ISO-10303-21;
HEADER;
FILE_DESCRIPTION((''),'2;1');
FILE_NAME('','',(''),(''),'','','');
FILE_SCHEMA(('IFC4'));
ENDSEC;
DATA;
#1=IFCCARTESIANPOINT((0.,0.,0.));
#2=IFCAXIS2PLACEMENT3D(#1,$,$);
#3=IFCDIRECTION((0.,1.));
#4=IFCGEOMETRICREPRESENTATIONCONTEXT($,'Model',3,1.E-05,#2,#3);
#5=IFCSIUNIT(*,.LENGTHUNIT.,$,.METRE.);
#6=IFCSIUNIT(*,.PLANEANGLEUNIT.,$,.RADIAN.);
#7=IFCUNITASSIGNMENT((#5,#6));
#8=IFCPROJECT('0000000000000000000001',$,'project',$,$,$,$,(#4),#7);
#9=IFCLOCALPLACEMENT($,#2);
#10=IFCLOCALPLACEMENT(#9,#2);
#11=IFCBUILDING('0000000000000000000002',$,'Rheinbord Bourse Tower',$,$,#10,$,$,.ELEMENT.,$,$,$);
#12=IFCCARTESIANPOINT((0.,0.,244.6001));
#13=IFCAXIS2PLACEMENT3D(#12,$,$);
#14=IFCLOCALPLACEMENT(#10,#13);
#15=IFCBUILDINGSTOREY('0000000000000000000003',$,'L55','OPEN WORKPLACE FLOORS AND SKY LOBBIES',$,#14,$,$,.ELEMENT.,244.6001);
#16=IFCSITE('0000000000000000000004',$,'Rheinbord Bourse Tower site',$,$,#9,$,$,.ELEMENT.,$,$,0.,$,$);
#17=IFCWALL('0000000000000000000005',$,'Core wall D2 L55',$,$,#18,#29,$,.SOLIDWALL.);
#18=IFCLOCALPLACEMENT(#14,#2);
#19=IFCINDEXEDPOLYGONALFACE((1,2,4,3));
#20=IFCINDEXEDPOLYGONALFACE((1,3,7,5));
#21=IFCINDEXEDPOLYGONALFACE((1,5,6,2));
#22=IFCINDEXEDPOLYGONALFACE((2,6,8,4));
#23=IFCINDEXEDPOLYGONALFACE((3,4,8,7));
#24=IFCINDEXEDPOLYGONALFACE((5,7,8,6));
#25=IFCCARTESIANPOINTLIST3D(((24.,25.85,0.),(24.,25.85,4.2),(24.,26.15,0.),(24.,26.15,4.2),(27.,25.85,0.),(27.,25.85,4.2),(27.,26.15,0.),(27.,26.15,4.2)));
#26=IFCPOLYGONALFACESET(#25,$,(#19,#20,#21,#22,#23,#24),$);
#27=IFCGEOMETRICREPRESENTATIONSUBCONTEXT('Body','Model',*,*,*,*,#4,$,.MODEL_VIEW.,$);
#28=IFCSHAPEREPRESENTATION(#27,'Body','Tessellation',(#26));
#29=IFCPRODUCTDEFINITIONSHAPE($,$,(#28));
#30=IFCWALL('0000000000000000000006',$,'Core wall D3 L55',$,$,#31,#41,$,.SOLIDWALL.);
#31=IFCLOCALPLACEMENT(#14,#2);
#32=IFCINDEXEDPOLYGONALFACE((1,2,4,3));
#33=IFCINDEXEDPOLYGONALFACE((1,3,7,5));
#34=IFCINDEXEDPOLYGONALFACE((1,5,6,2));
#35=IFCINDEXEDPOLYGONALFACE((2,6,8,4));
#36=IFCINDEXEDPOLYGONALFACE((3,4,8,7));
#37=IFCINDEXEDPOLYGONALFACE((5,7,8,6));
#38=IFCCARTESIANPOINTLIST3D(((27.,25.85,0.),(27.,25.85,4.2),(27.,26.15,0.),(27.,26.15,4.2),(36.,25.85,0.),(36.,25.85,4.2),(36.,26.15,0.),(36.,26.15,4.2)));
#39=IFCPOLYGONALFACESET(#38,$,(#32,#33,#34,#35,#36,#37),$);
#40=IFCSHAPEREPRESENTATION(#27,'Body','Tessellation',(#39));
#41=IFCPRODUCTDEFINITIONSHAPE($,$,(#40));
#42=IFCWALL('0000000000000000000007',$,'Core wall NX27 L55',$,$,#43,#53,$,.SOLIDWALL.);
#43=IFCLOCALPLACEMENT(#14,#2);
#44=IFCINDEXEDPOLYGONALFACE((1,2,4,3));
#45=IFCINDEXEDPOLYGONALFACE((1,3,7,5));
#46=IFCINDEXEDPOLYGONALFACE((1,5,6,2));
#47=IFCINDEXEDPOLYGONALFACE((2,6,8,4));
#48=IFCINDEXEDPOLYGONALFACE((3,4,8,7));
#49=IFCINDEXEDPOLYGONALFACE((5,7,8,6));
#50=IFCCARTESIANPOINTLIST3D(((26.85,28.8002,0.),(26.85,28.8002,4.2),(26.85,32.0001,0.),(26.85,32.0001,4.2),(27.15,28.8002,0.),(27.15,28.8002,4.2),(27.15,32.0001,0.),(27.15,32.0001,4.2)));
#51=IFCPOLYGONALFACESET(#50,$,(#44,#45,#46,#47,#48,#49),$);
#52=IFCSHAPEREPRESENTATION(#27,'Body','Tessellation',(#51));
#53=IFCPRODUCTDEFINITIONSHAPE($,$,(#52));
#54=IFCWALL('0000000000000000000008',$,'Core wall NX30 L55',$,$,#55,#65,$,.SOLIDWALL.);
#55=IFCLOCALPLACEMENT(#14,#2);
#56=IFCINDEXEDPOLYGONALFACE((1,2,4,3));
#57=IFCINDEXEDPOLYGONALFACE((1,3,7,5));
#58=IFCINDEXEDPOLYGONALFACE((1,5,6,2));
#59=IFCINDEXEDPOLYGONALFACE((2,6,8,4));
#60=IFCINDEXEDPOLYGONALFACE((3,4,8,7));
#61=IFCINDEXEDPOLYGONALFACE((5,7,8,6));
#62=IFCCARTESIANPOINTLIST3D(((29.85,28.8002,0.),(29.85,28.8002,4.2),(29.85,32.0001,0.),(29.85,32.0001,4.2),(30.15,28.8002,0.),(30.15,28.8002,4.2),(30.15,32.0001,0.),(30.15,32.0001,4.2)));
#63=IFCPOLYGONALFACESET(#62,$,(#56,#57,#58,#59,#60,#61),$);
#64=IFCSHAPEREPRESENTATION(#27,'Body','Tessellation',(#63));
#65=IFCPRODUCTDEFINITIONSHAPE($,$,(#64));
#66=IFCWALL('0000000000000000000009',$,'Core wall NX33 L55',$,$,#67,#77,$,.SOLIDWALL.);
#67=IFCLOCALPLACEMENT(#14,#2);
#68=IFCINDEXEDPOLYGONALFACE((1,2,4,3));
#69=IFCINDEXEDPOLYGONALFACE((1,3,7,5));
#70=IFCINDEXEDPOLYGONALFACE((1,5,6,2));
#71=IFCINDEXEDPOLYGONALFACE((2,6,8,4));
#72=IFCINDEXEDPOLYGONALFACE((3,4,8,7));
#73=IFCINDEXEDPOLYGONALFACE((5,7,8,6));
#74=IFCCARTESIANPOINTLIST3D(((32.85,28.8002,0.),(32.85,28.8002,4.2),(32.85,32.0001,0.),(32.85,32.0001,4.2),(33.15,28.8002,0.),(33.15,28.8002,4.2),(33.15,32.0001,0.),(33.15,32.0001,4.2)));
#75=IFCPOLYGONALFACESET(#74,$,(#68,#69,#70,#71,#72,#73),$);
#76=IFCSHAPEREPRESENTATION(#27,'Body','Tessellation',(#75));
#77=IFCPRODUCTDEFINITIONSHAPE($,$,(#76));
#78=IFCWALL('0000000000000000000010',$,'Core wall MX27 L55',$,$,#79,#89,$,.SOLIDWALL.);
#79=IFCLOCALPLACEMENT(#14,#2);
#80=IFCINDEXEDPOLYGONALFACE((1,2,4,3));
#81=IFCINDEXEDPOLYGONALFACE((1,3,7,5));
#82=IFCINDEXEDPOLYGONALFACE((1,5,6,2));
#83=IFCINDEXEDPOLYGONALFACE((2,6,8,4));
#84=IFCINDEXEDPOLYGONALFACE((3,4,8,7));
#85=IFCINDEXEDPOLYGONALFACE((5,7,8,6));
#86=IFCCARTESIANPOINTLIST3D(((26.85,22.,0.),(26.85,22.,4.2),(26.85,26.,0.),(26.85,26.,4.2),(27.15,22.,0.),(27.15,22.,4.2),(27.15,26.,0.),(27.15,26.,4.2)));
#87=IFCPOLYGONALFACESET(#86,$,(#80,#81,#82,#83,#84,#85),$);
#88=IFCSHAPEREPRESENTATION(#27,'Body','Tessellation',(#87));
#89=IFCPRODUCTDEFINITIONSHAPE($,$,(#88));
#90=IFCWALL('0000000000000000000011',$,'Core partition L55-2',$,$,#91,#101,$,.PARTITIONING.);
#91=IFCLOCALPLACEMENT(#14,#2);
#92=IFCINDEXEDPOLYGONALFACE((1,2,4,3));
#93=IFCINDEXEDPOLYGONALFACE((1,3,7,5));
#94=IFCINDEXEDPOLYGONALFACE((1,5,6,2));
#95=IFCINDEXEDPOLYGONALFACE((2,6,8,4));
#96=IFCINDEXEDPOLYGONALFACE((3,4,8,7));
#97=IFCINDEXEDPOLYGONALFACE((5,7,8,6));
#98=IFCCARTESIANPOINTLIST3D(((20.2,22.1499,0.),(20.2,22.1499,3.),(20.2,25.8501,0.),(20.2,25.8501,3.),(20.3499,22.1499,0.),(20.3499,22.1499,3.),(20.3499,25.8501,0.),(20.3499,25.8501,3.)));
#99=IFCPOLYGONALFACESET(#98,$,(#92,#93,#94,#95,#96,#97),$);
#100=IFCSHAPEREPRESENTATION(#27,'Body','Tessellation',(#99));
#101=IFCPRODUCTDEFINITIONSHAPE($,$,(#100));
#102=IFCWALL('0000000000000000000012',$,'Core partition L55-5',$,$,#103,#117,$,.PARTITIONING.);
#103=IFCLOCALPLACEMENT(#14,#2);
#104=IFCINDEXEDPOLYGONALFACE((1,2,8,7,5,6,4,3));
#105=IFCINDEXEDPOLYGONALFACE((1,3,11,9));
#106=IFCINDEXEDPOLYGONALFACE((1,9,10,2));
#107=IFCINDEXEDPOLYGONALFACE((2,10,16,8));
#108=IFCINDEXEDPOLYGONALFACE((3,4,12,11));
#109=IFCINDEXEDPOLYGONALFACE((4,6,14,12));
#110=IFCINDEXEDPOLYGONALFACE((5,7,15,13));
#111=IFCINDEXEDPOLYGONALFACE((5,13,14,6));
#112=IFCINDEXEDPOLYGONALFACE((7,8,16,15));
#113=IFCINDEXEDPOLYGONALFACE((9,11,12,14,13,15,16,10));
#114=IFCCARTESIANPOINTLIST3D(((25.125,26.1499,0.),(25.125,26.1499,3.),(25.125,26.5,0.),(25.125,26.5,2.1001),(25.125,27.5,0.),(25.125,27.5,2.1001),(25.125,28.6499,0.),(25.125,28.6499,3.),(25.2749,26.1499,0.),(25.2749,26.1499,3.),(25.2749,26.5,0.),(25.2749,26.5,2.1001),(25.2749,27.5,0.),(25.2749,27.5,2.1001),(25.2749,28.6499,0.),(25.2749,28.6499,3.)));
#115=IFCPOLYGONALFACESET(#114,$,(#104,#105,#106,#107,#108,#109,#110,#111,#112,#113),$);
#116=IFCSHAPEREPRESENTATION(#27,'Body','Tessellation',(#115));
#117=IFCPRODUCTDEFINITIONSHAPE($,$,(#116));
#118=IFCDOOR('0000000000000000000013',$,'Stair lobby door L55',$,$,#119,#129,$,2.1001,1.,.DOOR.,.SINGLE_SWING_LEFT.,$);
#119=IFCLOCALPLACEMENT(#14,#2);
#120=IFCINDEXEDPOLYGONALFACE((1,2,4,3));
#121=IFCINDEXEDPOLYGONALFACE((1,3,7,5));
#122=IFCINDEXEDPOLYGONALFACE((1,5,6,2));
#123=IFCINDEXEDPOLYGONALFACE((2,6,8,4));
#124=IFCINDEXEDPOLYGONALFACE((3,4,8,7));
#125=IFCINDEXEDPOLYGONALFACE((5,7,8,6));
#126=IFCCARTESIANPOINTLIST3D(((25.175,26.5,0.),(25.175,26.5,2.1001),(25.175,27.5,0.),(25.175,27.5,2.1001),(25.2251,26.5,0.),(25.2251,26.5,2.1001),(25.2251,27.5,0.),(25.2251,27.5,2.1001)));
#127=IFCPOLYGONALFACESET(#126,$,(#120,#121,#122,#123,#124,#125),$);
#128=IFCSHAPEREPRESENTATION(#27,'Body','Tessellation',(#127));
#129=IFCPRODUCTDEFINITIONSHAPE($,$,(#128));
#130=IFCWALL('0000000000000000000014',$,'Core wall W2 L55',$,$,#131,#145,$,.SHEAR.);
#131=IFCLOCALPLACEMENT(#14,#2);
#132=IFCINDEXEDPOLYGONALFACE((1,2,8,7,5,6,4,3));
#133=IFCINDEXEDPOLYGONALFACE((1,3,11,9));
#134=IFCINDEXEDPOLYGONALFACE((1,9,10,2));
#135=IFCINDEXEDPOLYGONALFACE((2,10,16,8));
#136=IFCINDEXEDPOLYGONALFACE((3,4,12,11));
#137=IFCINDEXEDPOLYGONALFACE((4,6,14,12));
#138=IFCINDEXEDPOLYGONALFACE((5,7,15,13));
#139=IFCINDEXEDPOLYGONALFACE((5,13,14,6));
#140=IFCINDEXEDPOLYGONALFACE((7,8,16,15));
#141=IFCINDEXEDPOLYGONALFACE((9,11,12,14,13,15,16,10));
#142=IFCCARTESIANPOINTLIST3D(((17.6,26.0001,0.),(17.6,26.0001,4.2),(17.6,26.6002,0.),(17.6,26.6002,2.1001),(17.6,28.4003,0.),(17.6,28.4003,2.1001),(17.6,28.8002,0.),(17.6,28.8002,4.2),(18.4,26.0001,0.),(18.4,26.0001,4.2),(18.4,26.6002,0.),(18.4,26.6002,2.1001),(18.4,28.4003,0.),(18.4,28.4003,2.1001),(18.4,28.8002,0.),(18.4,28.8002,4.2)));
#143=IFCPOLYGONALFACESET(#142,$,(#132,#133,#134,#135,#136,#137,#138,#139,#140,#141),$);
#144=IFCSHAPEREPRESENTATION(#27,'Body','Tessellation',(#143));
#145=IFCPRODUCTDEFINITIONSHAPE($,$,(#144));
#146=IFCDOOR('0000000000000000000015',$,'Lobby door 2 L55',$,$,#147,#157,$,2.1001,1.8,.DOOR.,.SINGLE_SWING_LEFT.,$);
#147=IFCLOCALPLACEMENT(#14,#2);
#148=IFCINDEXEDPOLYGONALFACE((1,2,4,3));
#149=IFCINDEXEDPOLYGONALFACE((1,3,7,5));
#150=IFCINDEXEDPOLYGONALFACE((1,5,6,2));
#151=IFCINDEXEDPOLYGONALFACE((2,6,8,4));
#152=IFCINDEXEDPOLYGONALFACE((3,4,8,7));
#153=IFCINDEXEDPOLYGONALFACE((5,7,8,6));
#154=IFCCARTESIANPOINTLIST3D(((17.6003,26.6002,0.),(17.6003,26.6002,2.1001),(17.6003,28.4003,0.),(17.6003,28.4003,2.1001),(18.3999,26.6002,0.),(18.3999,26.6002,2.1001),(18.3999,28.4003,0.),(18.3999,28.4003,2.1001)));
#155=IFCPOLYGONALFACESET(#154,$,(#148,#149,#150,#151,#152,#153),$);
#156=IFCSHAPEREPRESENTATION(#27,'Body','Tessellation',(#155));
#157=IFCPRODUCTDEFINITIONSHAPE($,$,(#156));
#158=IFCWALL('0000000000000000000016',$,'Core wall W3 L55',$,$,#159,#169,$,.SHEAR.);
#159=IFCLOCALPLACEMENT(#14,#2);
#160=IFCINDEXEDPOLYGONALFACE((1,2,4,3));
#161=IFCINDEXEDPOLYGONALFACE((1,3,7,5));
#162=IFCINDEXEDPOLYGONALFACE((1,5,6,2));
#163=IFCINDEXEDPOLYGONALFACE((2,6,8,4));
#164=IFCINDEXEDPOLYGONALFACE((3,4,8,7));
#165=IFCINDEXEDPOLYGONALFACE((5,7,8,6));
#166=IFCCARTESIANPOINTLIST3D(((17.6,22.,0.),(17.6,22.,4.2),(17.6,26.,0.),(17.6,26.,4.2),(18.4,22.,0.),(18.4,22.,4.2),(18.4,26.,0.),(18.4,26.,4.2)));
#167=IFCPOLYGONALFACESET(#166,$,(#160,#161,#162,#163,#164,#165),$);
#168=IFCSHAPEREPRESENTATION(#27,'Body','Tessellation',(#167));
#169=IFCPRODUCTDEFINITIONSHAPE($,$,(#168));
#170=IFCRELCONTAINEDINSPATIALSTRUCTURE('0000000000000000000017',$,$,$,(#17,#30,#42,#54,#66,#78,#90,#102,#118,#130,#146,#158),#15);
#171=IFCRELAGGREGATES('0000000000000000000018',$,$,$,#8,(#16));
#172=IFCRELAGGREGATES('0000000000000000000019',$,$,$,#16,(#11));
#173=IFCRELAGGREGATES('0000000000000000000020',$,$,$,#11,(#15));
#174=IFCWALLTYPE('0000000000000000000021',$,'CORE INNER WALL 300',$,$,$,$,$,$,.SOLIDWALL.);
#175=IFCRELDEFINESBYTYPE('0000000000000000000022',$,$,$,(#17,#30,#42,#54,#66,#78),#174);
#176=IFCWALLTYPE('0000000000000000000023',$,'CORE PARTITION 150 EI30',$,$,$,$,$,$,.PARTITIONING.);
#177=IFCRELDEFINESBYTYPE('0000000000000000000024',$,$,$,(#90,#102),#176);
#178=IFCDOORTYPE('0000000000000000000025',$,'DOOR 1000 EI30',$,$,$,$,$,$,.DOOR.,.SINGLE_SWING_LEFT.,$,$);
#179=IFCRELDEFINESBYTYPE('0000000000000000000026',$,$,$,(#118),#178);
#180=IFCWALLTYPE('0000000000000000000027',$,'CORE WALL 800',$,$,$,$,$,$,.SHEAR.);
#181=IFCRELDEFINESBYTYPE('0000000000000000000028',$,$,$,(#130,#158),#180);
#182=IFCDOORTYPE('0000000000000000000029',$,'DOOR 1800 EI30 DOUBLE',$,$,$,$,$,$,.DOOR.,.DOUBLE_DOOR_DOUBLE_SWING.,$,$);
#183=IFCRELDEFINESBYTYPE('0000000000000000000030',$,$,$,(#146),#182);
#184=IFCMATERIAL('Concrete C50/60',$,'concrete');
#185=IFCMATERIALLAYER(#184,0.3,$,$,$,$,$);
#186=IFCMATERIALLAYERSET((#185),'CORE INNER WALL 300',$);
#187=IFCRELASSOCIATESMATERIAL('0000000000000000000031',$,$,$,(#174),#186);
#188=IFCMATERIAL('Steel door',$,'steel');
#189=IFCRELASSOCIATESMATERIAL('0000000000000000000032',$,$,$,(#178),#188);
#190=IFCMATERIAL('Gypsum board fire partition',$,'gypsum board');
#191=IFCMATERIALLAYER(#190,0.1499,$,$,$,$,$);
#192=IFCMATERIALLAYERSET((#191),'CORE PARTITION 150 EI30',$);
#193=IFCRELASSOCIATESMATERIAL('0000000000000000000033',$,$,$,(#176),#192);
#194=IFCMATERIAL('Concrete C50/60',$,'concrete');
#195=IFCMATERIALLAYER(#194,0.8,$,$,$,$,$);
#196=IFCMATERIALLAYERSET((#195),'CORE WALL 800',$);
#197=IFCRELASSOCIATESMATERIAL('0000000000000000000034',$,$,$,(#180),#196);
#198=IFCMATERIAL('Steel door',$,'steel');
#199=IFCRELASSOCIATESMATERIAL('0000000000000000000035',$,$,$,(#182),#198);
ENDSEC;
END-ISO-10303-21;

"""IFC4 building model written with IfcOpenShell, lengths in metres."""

from ifc_helpers import new_model, si_unit, direction, frame, frame_2d, origin, place, context, subcontext, project, spatial, rectangle, extrude, material, layer, layer_set, type_object, element, fill, save


model = new_model("IFC4")

# Units and contexts
model_context = context("Model", 3, precision=1e-05, world=origin(), true_north=direction((0.0, 1.0)))
body_context = subcontext(model_context, "Body", "Model", "MODEL_VIEW")
ifc_project = project(units=[si_unit("LENGTHUNIT", "METRE"), si_unit("PLANEANGLEUNIT", "RADIAN")], contexts=[model_context])

# Site, building, storey
site_placement = place(None, origin())
site = spatial("IfcSite", under=ifc_project, at=site_placement, Name="Rheinbord Bourse Tower site", CompositionType="ELEMENT", RefElevation=0.0)
building_placement = place(site_placement, origin())
building = spatial("IfcBuilding", under=site, at=building_placement, Name="Rheinbord Bourse Tower", CompositionType="ELEMENT")
storey_placement = place(building_placement, frame((0.0, 0.0, 244.6001)))
storey = spatial("IfcBuildingStorey", under=building, at=storey_placement, Name="L55", Description="OPEN WORKPLACE FLOORS AND SKY LOBBIES", CompositionType="ELEMENT", Elevation=244.6001)

# Shared definitions
ifc_material_1 = material(Name="Concrete C50/60", Category="concrete")
ifc_layer_1 = layer(ifc_material_1, 0.3)
ifc_layer_set_1 = layer_set([ifc_layer_1], Name="CORE INNER WALL 300")
wall_type_1 = type_object("IfcWallType", Name="CORE INNER WALL 300", PredefinedType="SOLIDWALL", material=ifc_layer_set_1)
ifc_material_2 = material(Name="Steel door", Category="steel")
door_type_1 = type_object("IfcDoorType", Name="DOOR 1000 EI30", OperationType="SINGLE_SWING_LEFT", PredefinedType="DOOR", material=ifc_material_2)

# Walls
wall_1_placement = place(storey_placement, frame((24.0, 26.0, 0.0), z_axis=(0.0, 0.0, 1.0), x_axis=(1.0, 0.0, 0.0)))
element("IfcWall", 1, at=wall_1_placement, inside=storey, type_object=wall_type_1, Name="Core wall D2 L55", PredefinedType="SOLIDWALL", context=body_context, shape_type="SweptSolid", body=[
    extrude(rectangle(XDim=3.0, YDim=0.3, at=frame_2d((1.5, 0.0))), origin(), (0.0, 0.0, 1.0), 4.2),
])
wall_2_placement = place(storey_placement, frame((27.0, 26.0, 0.0), z_axis=(0.0, 0.0, 1.0), x_axis=(1.0, 0.0, 0.0)))
element("IfcWall", 2, at=wall_2_placement, inside=storey, type_object=wall_type_1, Name="Core wall D3 L55", PredefinedType="SOLIDWALL", context=body_context, shape_type="SweptSolid", body=[
    extrude(rectangle(XDim=9.0, YDim=0.3, at=frame_2d((4.5, 0.0))), origin(), (0.0, 0.0, 1.0), 4.2),
])
for number, where, z_axis, x_axis, name in (
    (3, (27.0, 28.8, 0.0), (0.0, 0.0, 1.0), (0.0, 1.0, 0.0), "Core wall NX27 L55"),
    (4, (30.0, 28.8, 0.0), (0.0, 0.0, 1.0), (0.0, 1.0, 0.0), "Core wall NX30 L55"),
    (5, (33.0, 28.8, 0.0), (0.0, 0.0, 1.0), (0.0, 1.0, 0.0), "Core wall NX33 L55"),
):
    element("IfcWall", number, at=place(storey_placement, frame(where, z_axis=z_axis, x_axis=x_axis)), inside=storey, type_object=wall_type_1, Name=name, PredefinedType="SOLIDWALL", context=body_context, shape_type="SweptSolid", body=[
        extrude(rectangle(XDim=3.2, YDim=0.3, at=frame_2d((1.6001, 0.0))), origin(), (0.0, 0.0, 1.0), 4.2),
    ])
wall_3_placement = place(storey_placement, frame((27.0, 22.0, 0.0), z_axis=(0.0, 0.0, 1.0), x_axis=(0.0, 1.0, 0.0)))
element("IfcWall", 6, at=wall_3_placement, inside=storey, type_object=wall_type_1, Name="Core wall MX27 L55", PredefinedType="SOLIDWALL", context=body_context, shape_type="SweptSolid", body=[
    extrude(rectangle(XDim=4.0, YDim=0.3, at=frame_2d((2.0, 0.0))), origin(), (0.0, 0.0, 1.0), 4.2),
])
ifc_material_3 = material(Name="Gypsum board fire partition", Category="gypsum board")
ifc_layer_2 = layer(ifc_material_3, 0.1499)
ifc_layer_set_2 = layer_set([ifc_layer_2], Name="CORE PARTITION 150 EI30")
wall_type_2 = type_object("IfcWallType", Name="CORE PARTITION 150 EI30", PredefinedType="PARTITIONING", material=ifc_layer_set_2)
wall_4_placement = place(storey_placement, frame((20.2749, 22.1499, 0.0), z_axis=(0.0, 0.0, 1.0), x_axis=(0.0, 1.0, 0.0)))
element("IfcWall", 7, at=wall_4_placement, inside=storey, type_object=wall_type_2, Name="Core partition L55-2", PredefinedType="PARTITIONING", context=body_context, shape_type="SweptSolid", body=[
    extrude(rectangle(XDim=3.7002, YDim=0.1499, at=frame_2d((1.8501, 0.0))), origin(), (0.0, 0.0, 1.0), 3.0),
])

# Walls, openings, doors
wall_5_placement = place(storey_placement, frame((25.2, 26.1499, 0.0), z_axis=(0.0, 0.0, 1.0), x_axis=(0.0, 1.0, 0.0)))
wall_5 = element("IfcWall", 8, at=wall_5_placement, inside=storey, type_object=wall_type_2, Name="Core partition L55-5", PredefinedType="PARTITIONING", context=body_context, shape_type="SweptSolid", body=[
    extrude(rectangle(XDim=2.5, YDim=0.1499, at=frame_2d((1.25, 0.0))), origin(), (0.0, 0.0, 1.0), 3.0),
])
opening_1_placement = place(wall_5_placement, frame((0.3501, 0.0, 0.0)))
opening_1 = element("IfcOpeningElement", 9, at=opening_1_placement, cuts=wall_5, PredefinedType="OPENING", context=body_context, shape_type="SweptSolid", body=[
    extrude(rectangle(XDim=1.0, YDim=2.1001, at=frame_2d((0.5, 1.05))), frame((0.0, 0.085, 0.0), z_axis=(0.0, -1.0, 0.0), x_axis=(1.0, 0.0, 0.0)), (0.0, 0.0, 1.0), 0.1699),
])
door_1_placement = place(opening_1_placement, origin())
door_1 = element("IfcDoor", 10, at=door_1_placement, inside=storey, type_object=door_type_1, Name="Stair lobby door L55", OperationType="SINGLE_SWING_LEFT", OverallHeight=2.1001, OverallWidth=1.0, PredefinedType="DOOR", context=body_context, shape_type="SweptSolid", body=[
    extrude(rectangle(XDim=1.0, YDim=2.1001, at=frame_2d((0.5, 1.05))), frame((0.0, 0.0249, 0.0), z_axis=(0.0, -1.0, 0.0), x_axis=(1.0, 0.0, 0.0)), (0.0, 0.0, 1.0), 0.05),
])
fill(opening_1, door_1)
ifc_material_4 = material(Name="Concrete C50/60", Category="concrete")
ifc_layer_3 = layer(ifc_material_4, 0.8)
ifc_layer_set_3 = layer_set([ifc_layer_3], Name="CORE WALL 800")
wall_type_3 = type_object("IfcWallType", Name="CORE WALL 800", PredefinedType="SHEAR", material=ifc_layer_set_3)
wall_6_placement = place(storey_placement, frame((18.0, 28.8, 0.0), z_axis=(0.0, 0.0, 1.0), x_axis=(0.0, -1.0, 0.0)))
wall_6 = element("IfcWall", 11, at=wall_6_placement, inside=storey, type_object=wall_type_3, Name="Core wall W2 L55", PredefinedType="SHEAR", context=body_context, shape_type="SweptSolid", body=[
    extrude(rectangle(XDim=2.8, YDim=0.8, at=frame_2d((1.3999, 0.0))), origin(), (0.0, 0.0, 1.0), 4.2),
])
opening_2_placement = place(wall_6_placement, frame((0.3999, 0.0, 0.0)))
opening_2 = element("IfcOpeningElement", 12, at=opening_2_placement, cuts=wall_6, PredefinedType="OPENING", context=body_context, shape_type="SweptSolid", body=[
    extrude(rectangle(XDim=1.8, YDim=2.1001, at=frame_2d((0.8999, 1.05))), frame((0.0, 0.4099, 0.0), z_axis=(0.0, -1.0, 0.0), x_axis=(1.0, 0.0, 0.0)), (0.0, 0.0, 1.0), 0.8201),
])
ifc_material_5 = material(Name="Steel door", Category="steel")
door_type_2 = type_object("IfcDoorType", Name="DOOR 1800 EI30 DOUBLE", OperationType="DOUBLE_DOOR_DOUBLE_SWING", PredefinedType="DOOR", material=ifc_material_5)
door_2_placement = place(opening_2_placement, origin())
door_2 = element("IfcDoor", 13, at=door_2_placement, inside=storey, type_object=door_type_2, Name="Lobby door 2 L55", OperationType="SINGLE_SWING_LEFT", OverallHeight=2.1001, OverallWidth=1.8, PredefinedType="DOOR", context=body_context, shape_type="SweptSolid", body=[
    extrude(rectangle(XDim=1.8, YDim=2.1001, at=frame_2d((0.8999, 1.05))), frame((0.0, 0.3999, 0.0), z_axis=(0.0, -1.0, 0.0), x_axis=(1.0, 0.0, 0.0)), (0.0, 0.0, 1.0), 0.7996),
])
fill(opening_2, door_2)

# Wall
wall_7_placement = place(storey_placement, frame((18.0, 26.0, 0.0), z_axis=(0.0, 0.0, 1.0), x_axis=(0.0, -1.0, 0.0)))
element("IfcWall", 14, at=wall_7_placement, inside=storey, type_object=wall_type_3, Name="Core wall W3 L55", PredefinedType="SHEAR", context=body_context, shape_type="SweptSolid", body=[
    extrude(rectangle(XDim=4.0, YDim=0.8, at=frame_2d((2.0, 0.0))), origin(), (0.0, 0.0, 1.0), 4.2),
])

save(model, "model.ifc")
